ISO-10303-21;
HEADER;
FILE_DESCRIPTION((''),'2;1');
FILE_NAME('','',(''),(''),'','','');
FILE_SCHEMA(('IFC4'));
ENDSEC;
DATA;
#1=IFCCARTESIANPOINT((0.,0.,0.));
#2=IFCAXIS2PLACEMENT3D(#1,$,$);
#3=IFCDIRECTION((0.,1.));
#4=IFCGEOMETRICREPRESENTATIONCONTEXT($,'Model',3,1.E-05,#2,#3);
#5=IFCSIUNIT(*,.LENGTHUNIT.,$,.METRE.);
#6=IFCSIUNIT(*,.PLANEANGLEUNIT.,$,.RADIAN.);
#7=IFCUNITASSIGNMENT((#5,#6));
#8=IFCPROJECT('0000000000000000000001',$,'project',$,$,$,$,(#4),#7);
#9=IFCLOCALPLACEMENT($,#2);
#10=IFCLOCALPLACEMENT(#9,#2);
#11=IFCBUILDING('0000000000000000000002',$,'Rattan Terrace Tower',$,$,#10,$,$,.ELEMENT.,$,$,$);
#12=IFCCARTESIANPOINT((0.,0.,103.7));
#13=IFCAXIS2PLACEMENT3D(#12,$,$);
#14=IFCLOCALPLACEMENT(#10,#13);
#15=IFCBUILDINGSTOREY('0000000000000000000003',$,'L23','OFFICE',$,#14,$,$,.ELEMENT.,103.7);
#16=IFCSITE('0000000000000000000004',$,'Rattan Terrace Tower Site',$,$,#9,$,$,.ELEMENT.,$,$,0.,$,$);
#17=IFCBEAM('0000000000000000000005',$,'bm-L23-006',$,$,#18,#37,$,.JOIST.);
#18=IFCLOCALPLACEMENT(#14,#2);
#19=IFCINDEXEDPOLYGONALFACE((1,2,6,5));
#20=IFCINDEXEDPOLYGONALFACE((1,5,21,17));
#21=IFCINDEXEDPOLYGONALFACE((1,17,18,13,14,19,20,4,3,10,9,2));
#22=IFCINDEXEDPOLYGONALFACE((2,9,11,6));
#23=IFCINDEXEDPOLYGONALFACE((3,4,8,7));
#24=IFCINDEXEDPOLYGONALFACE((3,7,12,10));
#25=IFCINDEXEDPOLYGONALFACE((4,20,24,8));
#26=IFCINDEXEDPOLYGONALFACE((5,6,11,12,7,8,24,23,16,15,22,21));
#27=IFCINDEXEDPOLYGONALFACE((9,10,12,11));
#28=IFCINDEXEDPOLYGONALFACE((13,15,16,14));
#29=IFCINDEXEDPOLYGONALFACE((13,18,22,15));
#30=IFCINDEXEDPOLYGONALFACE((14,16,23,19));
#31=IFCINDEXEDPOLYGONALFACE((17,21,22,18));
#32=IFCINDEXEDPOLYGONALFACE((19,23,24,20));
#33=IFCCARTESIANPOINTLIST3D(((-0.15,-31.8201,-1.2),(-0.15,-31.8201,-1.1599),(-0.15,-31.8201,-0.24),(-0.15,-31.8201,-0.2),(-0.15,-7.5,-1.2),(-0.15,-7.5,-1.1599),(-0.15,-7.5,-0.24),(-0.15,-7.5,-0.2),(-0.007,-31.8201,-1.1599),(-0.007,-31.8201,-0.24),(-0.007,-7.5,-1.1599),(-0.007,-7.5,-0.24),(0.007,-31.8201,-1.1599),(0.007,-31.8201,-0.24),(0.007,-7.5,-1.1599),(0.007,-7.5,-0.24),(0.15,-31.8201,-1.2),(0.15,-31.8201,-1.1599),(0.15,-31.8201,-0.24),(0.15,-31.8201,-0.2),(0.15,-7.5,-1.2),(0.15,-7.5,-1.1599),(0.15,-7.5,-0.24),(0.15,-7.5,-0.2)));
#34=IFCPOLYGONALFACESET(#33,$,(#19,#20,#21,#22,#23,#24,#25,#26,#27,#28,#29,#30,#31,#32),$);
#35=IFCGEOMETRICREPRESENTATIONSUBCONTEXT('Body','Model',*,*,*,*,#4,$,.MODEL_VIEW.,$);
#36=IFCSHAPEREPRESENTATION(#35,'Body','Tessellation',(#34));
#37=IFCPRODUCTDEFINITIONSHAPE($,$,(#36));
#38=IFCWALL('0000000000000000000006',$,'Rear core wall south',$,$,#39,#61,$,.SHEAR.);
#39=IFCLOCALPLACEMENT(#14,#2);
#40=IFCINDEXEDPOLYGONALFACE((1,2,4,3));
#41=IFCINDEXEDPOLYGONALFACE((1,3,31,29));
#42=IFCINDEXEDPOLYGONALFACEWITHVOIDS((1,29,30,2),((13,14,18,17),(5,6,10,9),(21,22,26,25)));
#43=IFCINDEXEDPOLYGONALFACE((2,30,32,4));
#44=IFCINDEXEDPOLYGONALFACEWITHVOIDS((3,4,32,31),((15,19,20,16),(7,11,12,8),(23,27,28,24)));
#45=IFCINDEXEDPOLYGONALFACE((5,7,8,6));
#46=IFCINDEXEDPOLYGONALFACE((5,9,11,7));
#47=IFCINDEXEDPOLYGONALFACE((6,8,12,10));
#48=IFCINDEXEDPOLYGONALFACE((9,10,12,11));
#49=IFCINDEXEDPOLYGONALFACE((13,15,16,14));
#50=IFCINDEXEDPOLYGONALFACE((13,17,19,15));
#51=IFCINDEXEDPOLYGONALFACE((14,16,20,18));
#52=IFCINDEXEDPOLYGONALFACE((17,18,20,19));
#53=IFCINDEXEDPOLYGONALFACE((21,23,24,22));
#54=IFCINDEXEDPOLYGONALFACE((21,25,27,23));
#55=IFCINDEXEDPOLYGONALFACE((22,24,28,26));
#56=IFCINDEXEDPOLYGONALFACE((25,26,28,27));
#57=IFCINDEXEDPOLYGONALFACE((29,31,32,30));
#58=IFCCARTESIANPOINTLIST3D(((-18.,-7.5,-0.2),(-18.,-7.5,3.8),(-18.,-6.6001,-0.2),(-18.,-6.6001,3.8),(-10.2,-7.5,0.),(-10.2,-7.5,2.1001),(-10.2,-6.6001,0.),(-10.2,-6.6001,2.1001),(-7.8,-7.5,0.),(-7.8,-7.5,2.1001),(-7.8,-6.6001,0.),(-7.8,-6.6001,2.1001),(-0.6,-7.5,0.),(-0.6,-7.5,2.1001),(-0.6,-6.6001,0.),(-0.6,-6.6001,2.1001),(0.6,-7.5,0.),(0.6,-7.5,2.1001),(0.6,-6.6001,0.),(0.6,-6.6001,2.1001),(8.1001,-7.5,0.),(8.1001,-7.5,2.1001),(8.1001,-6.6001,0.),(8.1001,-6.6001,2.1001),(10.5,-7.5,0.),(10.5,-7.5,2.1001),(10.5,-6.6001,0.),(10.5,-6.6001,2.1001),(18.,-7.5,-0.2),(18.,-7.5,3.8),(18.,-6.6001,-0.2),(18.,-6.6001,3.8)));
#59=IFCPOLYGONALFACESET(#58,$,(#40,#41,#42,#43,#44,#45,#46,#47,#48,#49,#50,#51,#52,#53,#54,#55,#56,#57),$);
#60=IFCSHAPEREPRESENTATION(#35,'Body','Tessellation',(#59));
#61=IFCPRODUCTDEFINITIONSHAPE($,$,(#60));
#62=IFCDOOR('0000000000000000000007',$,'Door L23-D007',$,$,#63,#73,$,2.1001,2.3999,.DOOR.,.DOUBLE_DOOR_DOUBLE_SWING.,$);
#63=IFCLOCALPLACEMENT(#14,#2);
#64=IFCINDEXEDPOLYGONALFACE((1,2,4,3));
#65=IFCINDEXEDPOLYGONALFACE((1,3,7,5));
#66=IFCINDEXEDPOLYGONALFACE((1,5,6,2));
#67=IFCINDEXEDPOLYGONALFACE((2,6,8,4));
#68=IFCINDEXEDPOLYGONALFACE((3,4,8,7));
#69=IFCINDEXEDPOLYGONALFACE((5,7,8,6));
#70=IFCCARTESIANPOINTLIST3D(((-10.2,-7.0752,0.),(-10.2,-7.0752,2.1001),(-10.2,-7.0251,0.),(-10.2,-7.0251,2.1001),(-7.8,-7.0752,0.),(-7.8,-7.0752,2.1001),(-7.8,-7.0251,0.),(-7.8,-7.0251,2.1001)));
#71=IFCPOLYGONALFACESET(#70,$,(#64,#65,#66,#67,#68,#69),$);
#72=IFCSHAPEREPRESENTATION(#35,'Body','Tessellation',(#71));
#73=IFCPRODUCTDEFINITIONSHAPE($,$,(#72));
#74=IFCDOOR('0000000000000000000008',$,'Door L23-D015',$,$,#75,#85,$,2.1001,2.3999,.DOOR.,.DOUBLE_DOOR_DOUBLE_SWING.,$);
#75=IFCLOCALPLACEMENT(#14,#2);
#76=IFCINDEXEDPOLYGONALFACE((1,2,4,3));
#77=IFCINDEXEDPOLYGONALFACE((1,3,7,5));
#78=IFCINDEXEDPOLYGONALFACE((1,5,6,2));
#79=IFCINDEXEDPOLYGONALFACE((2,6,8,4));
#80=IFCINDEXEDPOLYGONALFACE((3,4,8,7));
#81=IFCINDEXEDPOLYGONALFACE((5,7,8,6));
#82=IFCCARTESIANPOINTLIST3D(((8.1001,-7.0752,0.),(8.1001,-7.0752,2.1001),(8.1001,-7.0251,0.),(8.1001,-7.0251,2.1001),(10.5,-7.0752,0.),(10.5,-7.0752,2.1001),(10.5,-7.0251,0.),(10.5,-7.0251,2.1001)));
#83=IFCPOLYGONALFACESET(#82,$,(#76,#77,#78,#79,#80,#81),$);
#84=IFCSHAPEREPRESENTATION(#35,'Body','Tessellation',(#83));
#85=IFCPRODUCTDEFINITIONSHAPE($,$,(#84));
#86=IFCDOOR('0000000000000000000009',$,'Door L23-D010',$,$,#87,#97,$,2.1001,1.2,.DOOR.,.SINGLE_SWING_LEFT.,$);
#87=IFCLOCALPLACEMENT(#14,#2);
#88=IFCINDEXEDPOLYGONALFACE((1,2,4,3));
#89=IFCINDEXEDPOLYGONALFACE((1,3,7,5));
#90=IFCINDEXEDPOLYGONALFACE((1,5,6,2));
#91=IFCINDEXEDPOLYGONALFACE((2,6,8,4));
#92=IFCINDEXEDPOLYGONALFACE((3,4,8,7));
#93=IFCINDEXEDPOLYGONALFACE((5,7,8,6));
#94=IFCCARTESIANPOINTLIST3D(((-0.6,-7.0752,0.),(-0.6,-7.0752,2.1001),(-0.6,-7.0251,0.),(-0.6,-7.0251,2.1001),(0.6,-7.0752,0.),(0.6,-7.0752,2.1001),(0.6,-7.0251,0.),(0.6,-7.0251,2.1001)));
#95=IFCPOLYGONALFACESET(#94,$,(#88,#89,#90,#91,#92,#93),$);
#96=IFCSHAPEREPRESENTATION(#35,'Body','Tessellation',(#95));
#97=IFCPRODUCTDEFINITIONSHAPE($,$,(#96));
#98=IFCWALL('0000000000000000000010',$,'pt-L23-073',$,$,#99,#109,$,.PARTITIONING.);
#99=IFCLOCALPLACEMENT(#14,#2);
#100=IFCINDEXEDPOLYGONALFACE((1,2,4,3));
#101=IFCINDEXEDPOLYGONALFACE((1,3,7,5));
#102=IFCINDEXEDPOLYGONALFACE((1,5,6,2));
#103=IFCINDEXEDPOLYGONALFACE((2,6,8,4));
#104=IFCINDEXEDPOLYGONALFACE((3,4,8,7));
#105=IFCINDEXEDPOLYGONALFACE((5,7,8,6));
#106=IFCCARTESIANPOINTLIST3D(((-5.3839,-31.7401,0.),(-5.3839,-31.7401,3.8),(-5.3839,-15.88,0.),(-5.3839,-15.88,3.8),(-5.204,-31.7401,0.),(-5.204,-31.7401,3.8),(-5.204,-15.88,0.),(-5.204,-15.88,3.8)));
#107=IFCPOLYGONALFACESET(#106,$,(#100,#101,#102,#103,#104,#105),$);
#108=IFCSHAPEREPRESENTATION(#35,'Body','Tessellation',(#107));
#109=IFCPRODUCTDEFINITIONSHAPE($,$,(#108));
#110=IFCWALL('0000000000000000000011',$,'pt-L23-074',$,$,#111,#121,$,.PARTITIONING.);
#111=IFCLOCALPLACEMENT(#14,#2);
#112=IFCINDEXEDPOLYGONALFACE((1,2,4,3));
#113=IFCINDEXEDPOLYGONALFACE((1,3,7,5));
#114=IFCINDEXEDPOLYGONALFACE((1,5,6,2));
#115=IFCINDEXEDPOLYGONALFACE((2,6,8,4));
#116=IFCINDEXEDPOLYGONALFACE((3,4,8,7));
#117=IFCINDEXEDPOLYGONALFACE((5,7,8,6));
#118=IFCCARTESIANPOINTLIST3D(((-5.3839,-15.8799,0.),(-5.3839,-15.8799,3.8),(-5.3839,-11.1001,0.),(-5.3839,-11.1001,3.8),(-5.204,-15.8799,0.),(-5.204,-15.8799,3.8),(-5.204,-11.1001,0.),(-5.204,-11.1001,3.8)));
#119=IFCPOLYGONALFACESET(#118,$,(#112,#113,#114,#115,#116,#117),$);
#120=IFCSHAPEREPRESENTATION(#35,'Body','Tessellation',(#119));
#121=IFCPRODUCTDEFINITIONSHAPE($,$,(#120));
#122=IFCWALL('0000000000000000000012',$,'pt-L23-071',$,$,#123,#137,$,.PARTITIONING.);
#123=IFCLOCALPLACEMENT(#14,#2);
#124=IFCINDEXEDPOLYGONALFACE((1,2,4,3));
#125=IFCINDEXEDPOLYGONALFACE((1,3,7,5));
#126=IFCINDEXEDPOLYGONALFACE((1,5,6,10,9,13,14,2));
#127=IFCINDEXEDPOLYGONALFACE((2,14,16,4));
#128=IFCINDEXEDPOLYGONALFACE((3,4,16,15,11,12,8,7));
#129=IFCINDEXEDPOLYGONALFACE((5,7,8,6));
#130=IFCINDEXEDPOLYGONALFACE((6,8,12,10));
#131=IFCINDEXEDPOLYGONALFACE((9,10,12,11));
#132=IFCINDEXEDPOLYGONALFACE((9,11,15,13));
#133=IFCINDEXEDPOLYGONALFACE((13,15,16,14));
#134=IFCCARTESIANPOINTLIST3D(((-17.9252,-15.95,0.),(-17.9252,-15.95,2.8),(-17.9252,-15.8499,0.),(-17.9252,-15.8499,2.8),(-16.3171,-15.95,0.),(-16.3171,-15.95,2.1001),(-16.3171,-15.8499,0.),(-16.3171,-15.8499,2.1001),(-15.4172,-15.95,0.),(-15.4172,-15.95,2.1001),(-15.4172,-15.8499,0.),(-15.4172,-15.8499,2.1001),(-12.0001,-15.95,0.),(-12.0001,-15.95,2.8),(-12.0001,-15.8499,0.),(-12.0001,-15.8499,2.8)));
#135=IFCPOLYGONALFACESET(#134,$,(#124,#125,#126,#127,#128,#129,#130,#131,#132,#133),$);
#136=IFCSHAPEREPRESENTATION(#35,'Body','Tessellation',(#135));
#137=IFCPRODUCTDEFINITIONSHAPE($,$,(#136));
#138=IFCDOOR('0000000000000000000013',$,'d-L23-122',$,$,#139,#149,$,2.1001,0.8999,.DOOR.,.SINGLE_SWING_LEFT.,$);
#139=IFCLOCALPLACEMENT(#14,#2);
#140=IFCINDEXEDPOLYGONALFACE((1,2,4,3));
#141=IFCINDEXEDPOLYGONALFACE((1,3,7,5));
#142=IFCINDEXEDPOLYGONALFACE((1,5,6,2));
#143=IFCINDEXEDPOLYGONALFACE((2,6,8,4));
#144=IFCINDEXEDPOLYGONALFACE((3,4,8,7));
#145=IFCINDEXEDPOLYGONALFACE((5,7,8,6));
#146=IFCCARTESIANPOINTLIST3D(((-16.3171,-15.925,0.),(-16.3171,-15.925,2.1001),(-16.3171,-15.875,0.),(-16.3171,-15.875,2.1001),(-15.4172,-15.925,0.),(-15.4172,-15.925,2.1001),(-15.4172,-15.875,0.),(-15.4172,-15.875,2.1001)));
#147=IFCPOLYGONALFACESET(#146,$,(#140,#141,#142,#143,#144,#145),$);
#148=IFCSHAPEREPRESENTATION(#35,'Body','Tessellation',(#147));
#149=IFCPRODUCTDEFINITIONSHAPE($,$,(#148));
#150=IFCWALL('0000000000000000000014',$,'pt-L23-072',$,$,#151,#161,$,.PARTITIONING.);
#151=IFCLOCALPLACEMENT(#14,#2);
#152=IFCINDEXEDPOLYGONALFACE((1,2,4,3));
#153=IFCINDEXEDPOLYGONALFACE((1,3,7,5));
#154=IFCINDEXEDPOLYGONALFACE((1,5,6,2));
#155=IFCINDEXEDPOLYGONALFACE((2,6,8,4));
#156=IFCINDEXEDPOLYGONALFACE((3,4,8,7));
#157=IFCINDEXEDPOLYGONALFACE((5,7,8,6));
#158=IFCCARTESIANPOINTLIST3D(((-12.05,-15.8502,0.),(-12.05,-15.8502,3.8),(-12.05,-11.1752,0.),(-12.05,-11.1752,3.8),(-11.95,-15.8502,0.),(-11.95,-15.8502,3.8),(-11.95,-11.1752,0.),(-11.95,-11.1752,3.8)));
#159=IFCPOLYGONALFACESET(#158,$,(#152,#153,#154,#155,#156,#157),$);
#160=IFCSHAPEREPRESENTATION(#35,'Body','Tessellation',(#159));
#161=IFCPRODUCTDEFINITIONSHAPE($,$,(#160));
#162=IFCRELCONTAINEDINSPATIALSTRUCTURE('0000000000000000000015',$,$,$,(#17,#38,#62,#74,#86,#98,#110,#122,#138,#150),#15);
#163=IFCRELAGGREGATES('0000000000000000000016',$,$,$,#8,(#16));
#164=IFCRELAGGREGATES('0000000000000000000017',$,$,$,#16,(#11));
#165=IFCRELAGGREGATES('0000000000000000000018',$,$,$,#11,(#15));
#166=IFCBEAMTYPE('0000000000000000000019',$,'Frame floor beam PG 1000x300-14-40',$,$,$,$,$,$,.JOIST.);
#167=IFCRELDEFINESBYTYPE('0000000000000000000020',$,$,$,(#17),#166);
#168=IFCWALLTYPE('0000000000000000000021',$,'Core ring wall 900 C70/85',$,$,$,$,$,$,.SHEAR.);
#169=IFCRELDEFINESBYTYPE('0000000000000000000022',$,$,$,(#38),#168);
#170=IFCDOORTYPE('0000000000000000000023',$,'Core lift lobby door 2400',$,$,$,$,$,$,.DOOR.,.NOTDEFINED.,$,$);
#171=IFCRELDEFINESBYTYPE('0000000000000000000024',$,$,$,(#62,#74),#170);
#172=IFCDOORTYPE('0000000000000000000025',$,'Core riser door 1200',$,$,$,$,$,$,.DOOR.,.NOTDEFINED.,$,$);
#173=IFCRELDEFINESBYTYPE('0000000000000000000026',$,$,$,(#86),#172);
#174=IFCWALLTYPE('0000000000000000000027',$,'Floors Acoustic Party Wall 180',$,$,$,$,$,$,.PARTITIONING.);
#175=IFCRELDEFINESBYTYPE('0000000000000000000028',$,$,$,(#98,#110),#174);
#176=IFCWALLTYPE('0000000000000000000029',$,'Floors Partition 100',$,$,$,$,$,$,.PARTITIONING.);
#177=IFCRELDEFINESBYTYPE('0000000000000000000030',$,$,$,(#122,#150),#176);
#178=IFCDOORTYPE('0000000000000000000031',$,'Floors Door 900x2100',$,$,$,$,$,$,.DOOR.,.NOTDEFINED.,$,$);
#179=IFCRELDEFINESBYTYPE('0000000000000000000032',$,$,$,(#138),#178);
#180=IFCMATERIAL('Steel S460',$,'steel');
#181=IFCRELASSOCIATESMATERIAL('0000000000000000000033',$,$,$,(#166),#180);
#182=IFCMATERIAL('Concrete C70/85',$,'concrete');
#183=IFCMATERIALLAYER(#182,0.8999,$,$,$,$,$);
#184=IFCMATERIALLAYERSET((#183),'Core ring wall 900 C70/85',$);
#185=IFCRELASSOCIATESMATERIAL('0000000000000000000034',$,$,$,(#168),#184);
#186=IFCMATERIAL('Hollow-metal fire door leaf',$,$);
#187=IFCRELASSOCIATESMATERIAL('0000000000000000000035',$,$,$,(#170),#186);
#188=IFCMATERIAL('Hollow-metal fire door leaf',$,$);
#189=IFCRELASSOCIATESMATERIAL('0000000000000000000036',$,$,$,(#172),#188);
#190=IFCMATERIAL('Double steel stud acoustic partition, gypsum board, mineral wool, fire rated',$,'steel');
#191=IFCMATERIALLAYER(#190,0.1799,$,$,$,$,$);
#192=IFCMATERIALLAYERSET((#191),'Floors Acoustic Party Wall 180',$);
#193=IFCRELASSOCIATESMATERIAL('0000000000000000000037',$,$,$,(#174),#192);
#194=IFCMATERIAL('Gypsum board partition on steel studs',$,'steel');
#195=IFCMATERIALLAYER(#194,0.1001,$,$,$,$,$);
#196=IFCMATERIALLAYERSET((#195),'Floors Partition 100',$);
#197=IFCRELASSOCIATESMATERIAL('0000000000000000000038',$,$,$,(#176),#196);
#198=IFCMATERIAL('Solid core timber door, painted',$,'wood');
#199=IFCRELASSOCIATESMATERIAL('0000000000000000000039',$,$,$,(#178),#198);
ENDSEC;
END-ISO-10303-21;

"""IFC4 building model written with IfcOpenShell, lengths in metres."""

from ifc_helpers import new_model, si_unit, direction, frame, frame_2d, origin, origin_2d, place, context, subcontext, project, spatial, rectangle, i_section, extrude, material, layer, layer_set, material_profile, profile_set, type_object, element, fill, save


model = new_model("IFC4")

# Units and contexts
model_context = context("Model", 3, precision=1e-05, world=origin(), true_north=direction((0.0, 1.0)))
body_context = subcontext(model_context, "Body", "Model", "MODEL_VIEW")
ifc_project = project(units=[si_unit("LENGTHUNIT", "METRE"), si_unit("PLANEANGLEUNIT", "RADIAN")], contexts=[model_context])

# Site, building, storey
site_placement = place(None, origin())
site = spatial("IfcSite", under=ifc_project, at=site_placement, Name="Rattan Terrace Tower Site", CompositionType="ELEMENT", RefElevation=0.0)
building_placement = place(site_placement, origin())
building = spatial("IfcBuilding", under=site, at=building_placement, Name="Rattan Terrace Tower", CompositionType="ELEMENT")
storey_placement = place(building_placement, frame((0.0, 0.0, 103.7)))
storey = spatial("IfcBuildingStorey", under=building, at=storey_placement, Name="L23", Description="OFFICE", CompositionType="ELEMENT", Elevation=103.7)

# Beam
ifc_material_1 = material(Name="Steel S460", Category="steel")
ifc_material_profile = material_profile(ifc_material_1, i_section(OverallWidth=0.3, OverallDepth=1.0, WebThickness=0.0139, FlangeThickness=0.04, at=origin_2d()), Name="PG 1000x300-14-40")
ifc_profile_set = profile_set([ifc_material_profile], Name="Steel S460")
beam_type = type_object("IfcBeamType", Name="Frame floor beam PG 1000x300-14-40", PredefinedType="JOIST", material=ifc_profile_set)
beam_placement = place(storey_placement, frame((0.0, -31.8201, -0.7), z_axis=(0.0, 1.0, 0.0), x_axis=(-1.0, 0.0, 0.0)))
element("IfcBeam", 1, at=beam_placement, inside=storey, type_object=beam_type, Name="bm-L23-006", PredefinedType="JOIST", context=body_context, shape_type="SweptSolid", body=[
    extrude(i_section(OverallWidth=0.3, OverallDepth=1.0, WebThickness=0.0139, FlangeThickness=0.04, at=origin_2d()), origin(), (0.0, 0.0, 1.0), 24.3201),
])

# Wall, openings, doors
ifc_material_2 = material(Name="Concrete C70/85", Category="concrete")
ifc_layer_1 = layer(ifc_material_2, 0.8999)
ifc_layer_set_1 = layer_set([ifc_layer_1], Name="Core ring wall 900 C70/85")
wall_type_1 = type_object("IfcWallType", Name="Core ring wall 900 C70/85", PredefinedType="SHEAR", material=ifc_layer_set_1)
wall_1_placement = place(storey_placement, frame((-18.0, -7.05, -0.2), z_axis=(0.0, 0.0, 1.0), x_axis=(1.0, 0.0, 0.0)))
wall_1 = element("IfcWall", 2, at=wall_1_placement, inside=storey, type_object=wall_type_1, Name="Rear core wall south", PredefinedType="SHEAR", context=body_context, shape_type="SweptSolid", body=[
    extrude(rectangle(XDim=36.0, YDim=0.8999, at=frame_2d((18.0, 0.0))), origin(), (0.0, 0.0, 1.0), 4.0),
])
opening_1_placement = place(wall_1_placement, frame((7.8, 0.0, 0.2)))
opening_1 = element("IfcOpeningElement", 3, at=opening_1_placement, cuts=wall_1, PredefinedType="OPENING", context=body_context, shape_type="SweptSolid", body=[
    extrude(rectangle(XDim=2.3999, YDim=2.1001, at=frame_2d((1.2, 1.05))), frame((0.0, 0.4604, 0.0), z_axis=(0.0, -1.0, 0.0), x_axis=(1.0, 0.0, 0.0)), (0.0, 0.0, 1.0), 0.9209),
])
opening_2_placement = place(wall_1_placement, frame((17.3999, 0.0, 0.2)))
opening_2 = element("IfcOpeningElement", 4, at=opening_2_placement, cuts=wall_1, PredefinedType="OPENING", context=body_context, shape_type="SweptSolid", body=[
    extrude(rectangle(XDim=1.2, YDim=2.1001, at=frame_2d((0.6001, 1.05))), frame((0.0, 0.4604, 0.0), z_axis=(0.0, -1.0, 0.0), x_axis=(1.0, 0.0, 0.0)), (0.0, 0.0, 1.0), 0.9209),
])
opening_3_placement = place(wall_1_placement, frame((26.1001, 0.0, 0.2)))
opening_3 = element("IfcOpeningElement", 5, at=opening_3_placement, cuts=wall_1, PredefinedType="OPENING", context=body_context, shape_type="SweptSolid", body=[
    extrude(rectangle(XDim=2.3999, YDim=2.1001, at=frame_2d((1.2, 1.05))), frame((0.0, 0.4604, 0.0), z_axis=(0.0, -1.0, 0.0), x_axis=(1.0, 0.0, 0.0)), (0.0, 0.0, 1.0), 0.9209),
])
ifc_material_3 = material(Name="Hollow-metal fire door leaf")
door_type_1 = type_object("IfcDoorType", Name="Core lift lobby door 2400", OperationType="NOTDEFINED", PredefinedType="DOOR", material=ifc_material_3)
door_1_placement = place(opening_1_placement, origin())
door_1 = element("IfcDoor", 6, at=door_1_placement, inside=storey, type_object=door_type_1, Name="Door L23-D007", OperationType="DOUBLE_DOOR_DOUBLE_SWING", OverallHeight=2.1001, OverallWidth=2.3999, PredefinedType="DOOR", context=body_context, shape_type="SweptSolid", body=[
    extrude(rectangle(XDim=2.3999, YDim=2.1001, at=frame_2d((1.2, 1.05))), frame((0.0, 0.0249, 0.0), z_axis=(0.0, -1.0, 0.0), x_axis=(1.0, 0.0, 0.0)), (0.0, 0.0, 1.0), 0.05),
])
fill(opening_1, door_1)
door_2_placement = place(opening_3_placement, origin())
door_2 = element("IfcDoor", 7, at=door_2_placement, inside=storey, type_object=door_type_1, Name="Door L23-D015", OperationType="DOUBLE_DOOR_DOUBLE_SWING", OverallHeight=2.1001, OverallWidth=2.3999, PredefinedType="DOOR", context=body_context, shape_type="SweptSolid", body=[
    extrude(rectangle(XDim=2.3999, YDim=2.1001, at=frame_2d((1.2, 1.05))), frame((0.0, 0.0249, 0.0), z_axis=(0.0, -1.0, 0.0), x_axis=(1.0, 0.0, 0.0)), (0.0, 0.0, 1.0), 0.05),
])
fill(opening_3, door_2)
ifc_material_4 = material(Name="Hollow-metal fire door leaf")
door_type_2 = type_object("IfcDoorType", Name="Core riser door 1200", OperationType="NOTDEFINED", PredefinedType="DOOR", material=ifc_material_4)
door_3_placement = place(opening_2_placement, origin())
door_3 = element("IfcDoor", 8, at=door_3_placement, inside=storey, type_object=door_type_2, Name="Door L23-D010", OperationType="SINGLE_SWING_LEFT", OverallHeight=2.1001, OverallWidth=1.2, PredefinedType="DOOR", context=body_context, shape_type="SweptSolid", body=[
    extrude(rectangle(XDim=1.2, YDim=2.1001, at=frame_2d((0.6001, 1.05))), frame((0.0, 0.0249, 0.0), z_axis=(0.0, -1.0, 0.0), x_axis=(1.0, 0.0, 0.0)), (0.0, 0.0, 1.0), 0.05),
])
fill(opening_2, door_3)

# Walls
ifc_material_5 = material(Name="Double steel stud acoustic partition, gypsum board, mineral wool, fire rated", Category="steel")
ifc_layer_2 = layer(ifc_material_5, 0.1799)
ifc_layer_set_2 = layer_set([ifc_layer_2], Name="Floors Acoustic Party Wall 180")
wall_type_2 = type_object("IfcWallType", Name="Floors Acoustic Party Wall 180", PredefinedType="PARTITIONING", material=ifc_layer_set_2)
wall_2_placement = place(storey_placement, frame((-5.2939, -15.8799, 0.0), z_axis=(0.0, 0.0, 1.0), x_axis=(0.0, -1.0, 0.0)))
element("IfcWall", 9, at=wall_2_placement, inside=storey, type_object=wall_type_2, Name="pt-L23-073", PredefinedType="PARTITIONING", context=body_context, shape_type="SweptSolid", body=[
    extrude(rectangle(XDim=15.8601, YDim=0.1799, at=frame_2d((7.9302, 0.0))), origin(), (0.0, 0.0, 1.0), 3.8),
])
wall_3_placement = place(storey_placement, frame((-5.2939, -11.1001, 0.0), z_axis=(0.0, 0.0, 1.0), x_axis=(0.0, -1.0, 0.0)))
element("IfcWall", 10, at=wall_3_placement, inside=storey, type_object=wall_type_2, Name="pt-L23-074", PredefinedType="PARTITIONING", context=body_context, shape_type="SweptSolid", body=[
    extrude(rectangle(XDim=4.7798, YDim=0.1799, at=frame_2d((2.3899, 0.0))), origin(), (0.0, 0.0, 1.0), 3.8),
])

# Wall, opening, door
ifc_material_6 = material(Name="Gypsum board partition on steel studs", Category="steel")
ifc_layer_3 = layer(ifc_material_6, 0.1001)
ifc_layer_set_3 = layer_set([ifc_layer_3], Name="Floors Partition 100")
wall_type_3 = type_object("IfcWallType", Name="Floors Partition 100", PredefinedType="PARTITIONING", material=ifc_layer_set_3)
wall_4_placement = place(storey_placement, frame((-17.925, -15.8999, 0.0), z_axis=(0.0, 0.0, 1.0), x_axis=(1.0, 0.0, 0.0)))
wall_4 = element("IfcWall", 11, at=wall_4_placement, inside=storey, type_object=wall_type_3, Name="pt-L23-071", PredefinedType="PARTITIONING", context=body_context, shape_type="SweptSolid", body=[
    extrude(rectangle(XDim=5.925, YDim=0.1001, at=frame_2d((2.9624, 0.0))), origin(), (0.0, 0.0, 1.0), 2.8),
])
opening_4_placement = place(wall_4_placement, frame((1.6079, 0.0, 0.0)))
opening_4 = element("IfcOpeningElement", 12, at=opening_4_placement, cuts=wall_4, PredefinedType="OPENING", context=body_context, shape_type="SweptSolid", body=[
    extrude(rectangle(XDim=0.8999, YDim=2.1001, at=frame_2d((0.45, 1.05))), frame((0.0, 0.0605, 0.0), z_axis=(0.0, -1.0, 0.0), x_axis=(1.0, 0.0, 0.0)), (0.0, 0.0, 1.0), 0.1211),
])
ifc_material_7 = material(Name="Solid core timber door, painted", Category="wood")
door_type_3 = type_object("IfcDoorType", Name="Floors Door 900x2100", OperationType="NOTDEFINED", PredefinedType="DOOR", material=ifc_material_7)
door_4_placement = place(opening_4_placement, origin())
door_4 = element("IfcDoor", 13, at=door_4_placement, inside=storey, type_object=door_type_3, Name="d-L23-122", OperationType="SINGLE_SWING_LEFT", OverallHeight=2.1001, OverallWidth=0.8999, PredefinedType="DOOR", context=body_context, shape_type="SweptSolid", body=[
    extrude(rectangle(XDim=0.8999, YDim=2.1001, at=frame_2d((0.45, 1.05))), frame((0.0, 0.0249, 0.0), z_axis=(0.0, -1.0, 0.0), x_axis=(1.0, 0.0, 0.0)), (0.0, 0.0, 1.0), 0.05),
])
fill(opening_4, door_4)

# Wall
wall_5_placement = place(storey_placement, frame((-12.0, -15.8501, 0.0), z_axis=(0.0, 0.0, 1.0), x_axis=(0.0, 1.0, 0.0)))
element("IfcWall", 14, at=wall_5_placement, inside=storey, type_object=wall_type_3, Name="pt-L23-072", PredefinedType="PARTITIONING", context=body_context, shape_type="SweptSolid", body=[
    extrude(rectangle(XDim=4.675, YDim=0.1001, at=frame_2d((2.3374, 0.0))), origin(), (0.0, 0.0, 1.0), 3.8),
])

save(model, "model.ifc")
